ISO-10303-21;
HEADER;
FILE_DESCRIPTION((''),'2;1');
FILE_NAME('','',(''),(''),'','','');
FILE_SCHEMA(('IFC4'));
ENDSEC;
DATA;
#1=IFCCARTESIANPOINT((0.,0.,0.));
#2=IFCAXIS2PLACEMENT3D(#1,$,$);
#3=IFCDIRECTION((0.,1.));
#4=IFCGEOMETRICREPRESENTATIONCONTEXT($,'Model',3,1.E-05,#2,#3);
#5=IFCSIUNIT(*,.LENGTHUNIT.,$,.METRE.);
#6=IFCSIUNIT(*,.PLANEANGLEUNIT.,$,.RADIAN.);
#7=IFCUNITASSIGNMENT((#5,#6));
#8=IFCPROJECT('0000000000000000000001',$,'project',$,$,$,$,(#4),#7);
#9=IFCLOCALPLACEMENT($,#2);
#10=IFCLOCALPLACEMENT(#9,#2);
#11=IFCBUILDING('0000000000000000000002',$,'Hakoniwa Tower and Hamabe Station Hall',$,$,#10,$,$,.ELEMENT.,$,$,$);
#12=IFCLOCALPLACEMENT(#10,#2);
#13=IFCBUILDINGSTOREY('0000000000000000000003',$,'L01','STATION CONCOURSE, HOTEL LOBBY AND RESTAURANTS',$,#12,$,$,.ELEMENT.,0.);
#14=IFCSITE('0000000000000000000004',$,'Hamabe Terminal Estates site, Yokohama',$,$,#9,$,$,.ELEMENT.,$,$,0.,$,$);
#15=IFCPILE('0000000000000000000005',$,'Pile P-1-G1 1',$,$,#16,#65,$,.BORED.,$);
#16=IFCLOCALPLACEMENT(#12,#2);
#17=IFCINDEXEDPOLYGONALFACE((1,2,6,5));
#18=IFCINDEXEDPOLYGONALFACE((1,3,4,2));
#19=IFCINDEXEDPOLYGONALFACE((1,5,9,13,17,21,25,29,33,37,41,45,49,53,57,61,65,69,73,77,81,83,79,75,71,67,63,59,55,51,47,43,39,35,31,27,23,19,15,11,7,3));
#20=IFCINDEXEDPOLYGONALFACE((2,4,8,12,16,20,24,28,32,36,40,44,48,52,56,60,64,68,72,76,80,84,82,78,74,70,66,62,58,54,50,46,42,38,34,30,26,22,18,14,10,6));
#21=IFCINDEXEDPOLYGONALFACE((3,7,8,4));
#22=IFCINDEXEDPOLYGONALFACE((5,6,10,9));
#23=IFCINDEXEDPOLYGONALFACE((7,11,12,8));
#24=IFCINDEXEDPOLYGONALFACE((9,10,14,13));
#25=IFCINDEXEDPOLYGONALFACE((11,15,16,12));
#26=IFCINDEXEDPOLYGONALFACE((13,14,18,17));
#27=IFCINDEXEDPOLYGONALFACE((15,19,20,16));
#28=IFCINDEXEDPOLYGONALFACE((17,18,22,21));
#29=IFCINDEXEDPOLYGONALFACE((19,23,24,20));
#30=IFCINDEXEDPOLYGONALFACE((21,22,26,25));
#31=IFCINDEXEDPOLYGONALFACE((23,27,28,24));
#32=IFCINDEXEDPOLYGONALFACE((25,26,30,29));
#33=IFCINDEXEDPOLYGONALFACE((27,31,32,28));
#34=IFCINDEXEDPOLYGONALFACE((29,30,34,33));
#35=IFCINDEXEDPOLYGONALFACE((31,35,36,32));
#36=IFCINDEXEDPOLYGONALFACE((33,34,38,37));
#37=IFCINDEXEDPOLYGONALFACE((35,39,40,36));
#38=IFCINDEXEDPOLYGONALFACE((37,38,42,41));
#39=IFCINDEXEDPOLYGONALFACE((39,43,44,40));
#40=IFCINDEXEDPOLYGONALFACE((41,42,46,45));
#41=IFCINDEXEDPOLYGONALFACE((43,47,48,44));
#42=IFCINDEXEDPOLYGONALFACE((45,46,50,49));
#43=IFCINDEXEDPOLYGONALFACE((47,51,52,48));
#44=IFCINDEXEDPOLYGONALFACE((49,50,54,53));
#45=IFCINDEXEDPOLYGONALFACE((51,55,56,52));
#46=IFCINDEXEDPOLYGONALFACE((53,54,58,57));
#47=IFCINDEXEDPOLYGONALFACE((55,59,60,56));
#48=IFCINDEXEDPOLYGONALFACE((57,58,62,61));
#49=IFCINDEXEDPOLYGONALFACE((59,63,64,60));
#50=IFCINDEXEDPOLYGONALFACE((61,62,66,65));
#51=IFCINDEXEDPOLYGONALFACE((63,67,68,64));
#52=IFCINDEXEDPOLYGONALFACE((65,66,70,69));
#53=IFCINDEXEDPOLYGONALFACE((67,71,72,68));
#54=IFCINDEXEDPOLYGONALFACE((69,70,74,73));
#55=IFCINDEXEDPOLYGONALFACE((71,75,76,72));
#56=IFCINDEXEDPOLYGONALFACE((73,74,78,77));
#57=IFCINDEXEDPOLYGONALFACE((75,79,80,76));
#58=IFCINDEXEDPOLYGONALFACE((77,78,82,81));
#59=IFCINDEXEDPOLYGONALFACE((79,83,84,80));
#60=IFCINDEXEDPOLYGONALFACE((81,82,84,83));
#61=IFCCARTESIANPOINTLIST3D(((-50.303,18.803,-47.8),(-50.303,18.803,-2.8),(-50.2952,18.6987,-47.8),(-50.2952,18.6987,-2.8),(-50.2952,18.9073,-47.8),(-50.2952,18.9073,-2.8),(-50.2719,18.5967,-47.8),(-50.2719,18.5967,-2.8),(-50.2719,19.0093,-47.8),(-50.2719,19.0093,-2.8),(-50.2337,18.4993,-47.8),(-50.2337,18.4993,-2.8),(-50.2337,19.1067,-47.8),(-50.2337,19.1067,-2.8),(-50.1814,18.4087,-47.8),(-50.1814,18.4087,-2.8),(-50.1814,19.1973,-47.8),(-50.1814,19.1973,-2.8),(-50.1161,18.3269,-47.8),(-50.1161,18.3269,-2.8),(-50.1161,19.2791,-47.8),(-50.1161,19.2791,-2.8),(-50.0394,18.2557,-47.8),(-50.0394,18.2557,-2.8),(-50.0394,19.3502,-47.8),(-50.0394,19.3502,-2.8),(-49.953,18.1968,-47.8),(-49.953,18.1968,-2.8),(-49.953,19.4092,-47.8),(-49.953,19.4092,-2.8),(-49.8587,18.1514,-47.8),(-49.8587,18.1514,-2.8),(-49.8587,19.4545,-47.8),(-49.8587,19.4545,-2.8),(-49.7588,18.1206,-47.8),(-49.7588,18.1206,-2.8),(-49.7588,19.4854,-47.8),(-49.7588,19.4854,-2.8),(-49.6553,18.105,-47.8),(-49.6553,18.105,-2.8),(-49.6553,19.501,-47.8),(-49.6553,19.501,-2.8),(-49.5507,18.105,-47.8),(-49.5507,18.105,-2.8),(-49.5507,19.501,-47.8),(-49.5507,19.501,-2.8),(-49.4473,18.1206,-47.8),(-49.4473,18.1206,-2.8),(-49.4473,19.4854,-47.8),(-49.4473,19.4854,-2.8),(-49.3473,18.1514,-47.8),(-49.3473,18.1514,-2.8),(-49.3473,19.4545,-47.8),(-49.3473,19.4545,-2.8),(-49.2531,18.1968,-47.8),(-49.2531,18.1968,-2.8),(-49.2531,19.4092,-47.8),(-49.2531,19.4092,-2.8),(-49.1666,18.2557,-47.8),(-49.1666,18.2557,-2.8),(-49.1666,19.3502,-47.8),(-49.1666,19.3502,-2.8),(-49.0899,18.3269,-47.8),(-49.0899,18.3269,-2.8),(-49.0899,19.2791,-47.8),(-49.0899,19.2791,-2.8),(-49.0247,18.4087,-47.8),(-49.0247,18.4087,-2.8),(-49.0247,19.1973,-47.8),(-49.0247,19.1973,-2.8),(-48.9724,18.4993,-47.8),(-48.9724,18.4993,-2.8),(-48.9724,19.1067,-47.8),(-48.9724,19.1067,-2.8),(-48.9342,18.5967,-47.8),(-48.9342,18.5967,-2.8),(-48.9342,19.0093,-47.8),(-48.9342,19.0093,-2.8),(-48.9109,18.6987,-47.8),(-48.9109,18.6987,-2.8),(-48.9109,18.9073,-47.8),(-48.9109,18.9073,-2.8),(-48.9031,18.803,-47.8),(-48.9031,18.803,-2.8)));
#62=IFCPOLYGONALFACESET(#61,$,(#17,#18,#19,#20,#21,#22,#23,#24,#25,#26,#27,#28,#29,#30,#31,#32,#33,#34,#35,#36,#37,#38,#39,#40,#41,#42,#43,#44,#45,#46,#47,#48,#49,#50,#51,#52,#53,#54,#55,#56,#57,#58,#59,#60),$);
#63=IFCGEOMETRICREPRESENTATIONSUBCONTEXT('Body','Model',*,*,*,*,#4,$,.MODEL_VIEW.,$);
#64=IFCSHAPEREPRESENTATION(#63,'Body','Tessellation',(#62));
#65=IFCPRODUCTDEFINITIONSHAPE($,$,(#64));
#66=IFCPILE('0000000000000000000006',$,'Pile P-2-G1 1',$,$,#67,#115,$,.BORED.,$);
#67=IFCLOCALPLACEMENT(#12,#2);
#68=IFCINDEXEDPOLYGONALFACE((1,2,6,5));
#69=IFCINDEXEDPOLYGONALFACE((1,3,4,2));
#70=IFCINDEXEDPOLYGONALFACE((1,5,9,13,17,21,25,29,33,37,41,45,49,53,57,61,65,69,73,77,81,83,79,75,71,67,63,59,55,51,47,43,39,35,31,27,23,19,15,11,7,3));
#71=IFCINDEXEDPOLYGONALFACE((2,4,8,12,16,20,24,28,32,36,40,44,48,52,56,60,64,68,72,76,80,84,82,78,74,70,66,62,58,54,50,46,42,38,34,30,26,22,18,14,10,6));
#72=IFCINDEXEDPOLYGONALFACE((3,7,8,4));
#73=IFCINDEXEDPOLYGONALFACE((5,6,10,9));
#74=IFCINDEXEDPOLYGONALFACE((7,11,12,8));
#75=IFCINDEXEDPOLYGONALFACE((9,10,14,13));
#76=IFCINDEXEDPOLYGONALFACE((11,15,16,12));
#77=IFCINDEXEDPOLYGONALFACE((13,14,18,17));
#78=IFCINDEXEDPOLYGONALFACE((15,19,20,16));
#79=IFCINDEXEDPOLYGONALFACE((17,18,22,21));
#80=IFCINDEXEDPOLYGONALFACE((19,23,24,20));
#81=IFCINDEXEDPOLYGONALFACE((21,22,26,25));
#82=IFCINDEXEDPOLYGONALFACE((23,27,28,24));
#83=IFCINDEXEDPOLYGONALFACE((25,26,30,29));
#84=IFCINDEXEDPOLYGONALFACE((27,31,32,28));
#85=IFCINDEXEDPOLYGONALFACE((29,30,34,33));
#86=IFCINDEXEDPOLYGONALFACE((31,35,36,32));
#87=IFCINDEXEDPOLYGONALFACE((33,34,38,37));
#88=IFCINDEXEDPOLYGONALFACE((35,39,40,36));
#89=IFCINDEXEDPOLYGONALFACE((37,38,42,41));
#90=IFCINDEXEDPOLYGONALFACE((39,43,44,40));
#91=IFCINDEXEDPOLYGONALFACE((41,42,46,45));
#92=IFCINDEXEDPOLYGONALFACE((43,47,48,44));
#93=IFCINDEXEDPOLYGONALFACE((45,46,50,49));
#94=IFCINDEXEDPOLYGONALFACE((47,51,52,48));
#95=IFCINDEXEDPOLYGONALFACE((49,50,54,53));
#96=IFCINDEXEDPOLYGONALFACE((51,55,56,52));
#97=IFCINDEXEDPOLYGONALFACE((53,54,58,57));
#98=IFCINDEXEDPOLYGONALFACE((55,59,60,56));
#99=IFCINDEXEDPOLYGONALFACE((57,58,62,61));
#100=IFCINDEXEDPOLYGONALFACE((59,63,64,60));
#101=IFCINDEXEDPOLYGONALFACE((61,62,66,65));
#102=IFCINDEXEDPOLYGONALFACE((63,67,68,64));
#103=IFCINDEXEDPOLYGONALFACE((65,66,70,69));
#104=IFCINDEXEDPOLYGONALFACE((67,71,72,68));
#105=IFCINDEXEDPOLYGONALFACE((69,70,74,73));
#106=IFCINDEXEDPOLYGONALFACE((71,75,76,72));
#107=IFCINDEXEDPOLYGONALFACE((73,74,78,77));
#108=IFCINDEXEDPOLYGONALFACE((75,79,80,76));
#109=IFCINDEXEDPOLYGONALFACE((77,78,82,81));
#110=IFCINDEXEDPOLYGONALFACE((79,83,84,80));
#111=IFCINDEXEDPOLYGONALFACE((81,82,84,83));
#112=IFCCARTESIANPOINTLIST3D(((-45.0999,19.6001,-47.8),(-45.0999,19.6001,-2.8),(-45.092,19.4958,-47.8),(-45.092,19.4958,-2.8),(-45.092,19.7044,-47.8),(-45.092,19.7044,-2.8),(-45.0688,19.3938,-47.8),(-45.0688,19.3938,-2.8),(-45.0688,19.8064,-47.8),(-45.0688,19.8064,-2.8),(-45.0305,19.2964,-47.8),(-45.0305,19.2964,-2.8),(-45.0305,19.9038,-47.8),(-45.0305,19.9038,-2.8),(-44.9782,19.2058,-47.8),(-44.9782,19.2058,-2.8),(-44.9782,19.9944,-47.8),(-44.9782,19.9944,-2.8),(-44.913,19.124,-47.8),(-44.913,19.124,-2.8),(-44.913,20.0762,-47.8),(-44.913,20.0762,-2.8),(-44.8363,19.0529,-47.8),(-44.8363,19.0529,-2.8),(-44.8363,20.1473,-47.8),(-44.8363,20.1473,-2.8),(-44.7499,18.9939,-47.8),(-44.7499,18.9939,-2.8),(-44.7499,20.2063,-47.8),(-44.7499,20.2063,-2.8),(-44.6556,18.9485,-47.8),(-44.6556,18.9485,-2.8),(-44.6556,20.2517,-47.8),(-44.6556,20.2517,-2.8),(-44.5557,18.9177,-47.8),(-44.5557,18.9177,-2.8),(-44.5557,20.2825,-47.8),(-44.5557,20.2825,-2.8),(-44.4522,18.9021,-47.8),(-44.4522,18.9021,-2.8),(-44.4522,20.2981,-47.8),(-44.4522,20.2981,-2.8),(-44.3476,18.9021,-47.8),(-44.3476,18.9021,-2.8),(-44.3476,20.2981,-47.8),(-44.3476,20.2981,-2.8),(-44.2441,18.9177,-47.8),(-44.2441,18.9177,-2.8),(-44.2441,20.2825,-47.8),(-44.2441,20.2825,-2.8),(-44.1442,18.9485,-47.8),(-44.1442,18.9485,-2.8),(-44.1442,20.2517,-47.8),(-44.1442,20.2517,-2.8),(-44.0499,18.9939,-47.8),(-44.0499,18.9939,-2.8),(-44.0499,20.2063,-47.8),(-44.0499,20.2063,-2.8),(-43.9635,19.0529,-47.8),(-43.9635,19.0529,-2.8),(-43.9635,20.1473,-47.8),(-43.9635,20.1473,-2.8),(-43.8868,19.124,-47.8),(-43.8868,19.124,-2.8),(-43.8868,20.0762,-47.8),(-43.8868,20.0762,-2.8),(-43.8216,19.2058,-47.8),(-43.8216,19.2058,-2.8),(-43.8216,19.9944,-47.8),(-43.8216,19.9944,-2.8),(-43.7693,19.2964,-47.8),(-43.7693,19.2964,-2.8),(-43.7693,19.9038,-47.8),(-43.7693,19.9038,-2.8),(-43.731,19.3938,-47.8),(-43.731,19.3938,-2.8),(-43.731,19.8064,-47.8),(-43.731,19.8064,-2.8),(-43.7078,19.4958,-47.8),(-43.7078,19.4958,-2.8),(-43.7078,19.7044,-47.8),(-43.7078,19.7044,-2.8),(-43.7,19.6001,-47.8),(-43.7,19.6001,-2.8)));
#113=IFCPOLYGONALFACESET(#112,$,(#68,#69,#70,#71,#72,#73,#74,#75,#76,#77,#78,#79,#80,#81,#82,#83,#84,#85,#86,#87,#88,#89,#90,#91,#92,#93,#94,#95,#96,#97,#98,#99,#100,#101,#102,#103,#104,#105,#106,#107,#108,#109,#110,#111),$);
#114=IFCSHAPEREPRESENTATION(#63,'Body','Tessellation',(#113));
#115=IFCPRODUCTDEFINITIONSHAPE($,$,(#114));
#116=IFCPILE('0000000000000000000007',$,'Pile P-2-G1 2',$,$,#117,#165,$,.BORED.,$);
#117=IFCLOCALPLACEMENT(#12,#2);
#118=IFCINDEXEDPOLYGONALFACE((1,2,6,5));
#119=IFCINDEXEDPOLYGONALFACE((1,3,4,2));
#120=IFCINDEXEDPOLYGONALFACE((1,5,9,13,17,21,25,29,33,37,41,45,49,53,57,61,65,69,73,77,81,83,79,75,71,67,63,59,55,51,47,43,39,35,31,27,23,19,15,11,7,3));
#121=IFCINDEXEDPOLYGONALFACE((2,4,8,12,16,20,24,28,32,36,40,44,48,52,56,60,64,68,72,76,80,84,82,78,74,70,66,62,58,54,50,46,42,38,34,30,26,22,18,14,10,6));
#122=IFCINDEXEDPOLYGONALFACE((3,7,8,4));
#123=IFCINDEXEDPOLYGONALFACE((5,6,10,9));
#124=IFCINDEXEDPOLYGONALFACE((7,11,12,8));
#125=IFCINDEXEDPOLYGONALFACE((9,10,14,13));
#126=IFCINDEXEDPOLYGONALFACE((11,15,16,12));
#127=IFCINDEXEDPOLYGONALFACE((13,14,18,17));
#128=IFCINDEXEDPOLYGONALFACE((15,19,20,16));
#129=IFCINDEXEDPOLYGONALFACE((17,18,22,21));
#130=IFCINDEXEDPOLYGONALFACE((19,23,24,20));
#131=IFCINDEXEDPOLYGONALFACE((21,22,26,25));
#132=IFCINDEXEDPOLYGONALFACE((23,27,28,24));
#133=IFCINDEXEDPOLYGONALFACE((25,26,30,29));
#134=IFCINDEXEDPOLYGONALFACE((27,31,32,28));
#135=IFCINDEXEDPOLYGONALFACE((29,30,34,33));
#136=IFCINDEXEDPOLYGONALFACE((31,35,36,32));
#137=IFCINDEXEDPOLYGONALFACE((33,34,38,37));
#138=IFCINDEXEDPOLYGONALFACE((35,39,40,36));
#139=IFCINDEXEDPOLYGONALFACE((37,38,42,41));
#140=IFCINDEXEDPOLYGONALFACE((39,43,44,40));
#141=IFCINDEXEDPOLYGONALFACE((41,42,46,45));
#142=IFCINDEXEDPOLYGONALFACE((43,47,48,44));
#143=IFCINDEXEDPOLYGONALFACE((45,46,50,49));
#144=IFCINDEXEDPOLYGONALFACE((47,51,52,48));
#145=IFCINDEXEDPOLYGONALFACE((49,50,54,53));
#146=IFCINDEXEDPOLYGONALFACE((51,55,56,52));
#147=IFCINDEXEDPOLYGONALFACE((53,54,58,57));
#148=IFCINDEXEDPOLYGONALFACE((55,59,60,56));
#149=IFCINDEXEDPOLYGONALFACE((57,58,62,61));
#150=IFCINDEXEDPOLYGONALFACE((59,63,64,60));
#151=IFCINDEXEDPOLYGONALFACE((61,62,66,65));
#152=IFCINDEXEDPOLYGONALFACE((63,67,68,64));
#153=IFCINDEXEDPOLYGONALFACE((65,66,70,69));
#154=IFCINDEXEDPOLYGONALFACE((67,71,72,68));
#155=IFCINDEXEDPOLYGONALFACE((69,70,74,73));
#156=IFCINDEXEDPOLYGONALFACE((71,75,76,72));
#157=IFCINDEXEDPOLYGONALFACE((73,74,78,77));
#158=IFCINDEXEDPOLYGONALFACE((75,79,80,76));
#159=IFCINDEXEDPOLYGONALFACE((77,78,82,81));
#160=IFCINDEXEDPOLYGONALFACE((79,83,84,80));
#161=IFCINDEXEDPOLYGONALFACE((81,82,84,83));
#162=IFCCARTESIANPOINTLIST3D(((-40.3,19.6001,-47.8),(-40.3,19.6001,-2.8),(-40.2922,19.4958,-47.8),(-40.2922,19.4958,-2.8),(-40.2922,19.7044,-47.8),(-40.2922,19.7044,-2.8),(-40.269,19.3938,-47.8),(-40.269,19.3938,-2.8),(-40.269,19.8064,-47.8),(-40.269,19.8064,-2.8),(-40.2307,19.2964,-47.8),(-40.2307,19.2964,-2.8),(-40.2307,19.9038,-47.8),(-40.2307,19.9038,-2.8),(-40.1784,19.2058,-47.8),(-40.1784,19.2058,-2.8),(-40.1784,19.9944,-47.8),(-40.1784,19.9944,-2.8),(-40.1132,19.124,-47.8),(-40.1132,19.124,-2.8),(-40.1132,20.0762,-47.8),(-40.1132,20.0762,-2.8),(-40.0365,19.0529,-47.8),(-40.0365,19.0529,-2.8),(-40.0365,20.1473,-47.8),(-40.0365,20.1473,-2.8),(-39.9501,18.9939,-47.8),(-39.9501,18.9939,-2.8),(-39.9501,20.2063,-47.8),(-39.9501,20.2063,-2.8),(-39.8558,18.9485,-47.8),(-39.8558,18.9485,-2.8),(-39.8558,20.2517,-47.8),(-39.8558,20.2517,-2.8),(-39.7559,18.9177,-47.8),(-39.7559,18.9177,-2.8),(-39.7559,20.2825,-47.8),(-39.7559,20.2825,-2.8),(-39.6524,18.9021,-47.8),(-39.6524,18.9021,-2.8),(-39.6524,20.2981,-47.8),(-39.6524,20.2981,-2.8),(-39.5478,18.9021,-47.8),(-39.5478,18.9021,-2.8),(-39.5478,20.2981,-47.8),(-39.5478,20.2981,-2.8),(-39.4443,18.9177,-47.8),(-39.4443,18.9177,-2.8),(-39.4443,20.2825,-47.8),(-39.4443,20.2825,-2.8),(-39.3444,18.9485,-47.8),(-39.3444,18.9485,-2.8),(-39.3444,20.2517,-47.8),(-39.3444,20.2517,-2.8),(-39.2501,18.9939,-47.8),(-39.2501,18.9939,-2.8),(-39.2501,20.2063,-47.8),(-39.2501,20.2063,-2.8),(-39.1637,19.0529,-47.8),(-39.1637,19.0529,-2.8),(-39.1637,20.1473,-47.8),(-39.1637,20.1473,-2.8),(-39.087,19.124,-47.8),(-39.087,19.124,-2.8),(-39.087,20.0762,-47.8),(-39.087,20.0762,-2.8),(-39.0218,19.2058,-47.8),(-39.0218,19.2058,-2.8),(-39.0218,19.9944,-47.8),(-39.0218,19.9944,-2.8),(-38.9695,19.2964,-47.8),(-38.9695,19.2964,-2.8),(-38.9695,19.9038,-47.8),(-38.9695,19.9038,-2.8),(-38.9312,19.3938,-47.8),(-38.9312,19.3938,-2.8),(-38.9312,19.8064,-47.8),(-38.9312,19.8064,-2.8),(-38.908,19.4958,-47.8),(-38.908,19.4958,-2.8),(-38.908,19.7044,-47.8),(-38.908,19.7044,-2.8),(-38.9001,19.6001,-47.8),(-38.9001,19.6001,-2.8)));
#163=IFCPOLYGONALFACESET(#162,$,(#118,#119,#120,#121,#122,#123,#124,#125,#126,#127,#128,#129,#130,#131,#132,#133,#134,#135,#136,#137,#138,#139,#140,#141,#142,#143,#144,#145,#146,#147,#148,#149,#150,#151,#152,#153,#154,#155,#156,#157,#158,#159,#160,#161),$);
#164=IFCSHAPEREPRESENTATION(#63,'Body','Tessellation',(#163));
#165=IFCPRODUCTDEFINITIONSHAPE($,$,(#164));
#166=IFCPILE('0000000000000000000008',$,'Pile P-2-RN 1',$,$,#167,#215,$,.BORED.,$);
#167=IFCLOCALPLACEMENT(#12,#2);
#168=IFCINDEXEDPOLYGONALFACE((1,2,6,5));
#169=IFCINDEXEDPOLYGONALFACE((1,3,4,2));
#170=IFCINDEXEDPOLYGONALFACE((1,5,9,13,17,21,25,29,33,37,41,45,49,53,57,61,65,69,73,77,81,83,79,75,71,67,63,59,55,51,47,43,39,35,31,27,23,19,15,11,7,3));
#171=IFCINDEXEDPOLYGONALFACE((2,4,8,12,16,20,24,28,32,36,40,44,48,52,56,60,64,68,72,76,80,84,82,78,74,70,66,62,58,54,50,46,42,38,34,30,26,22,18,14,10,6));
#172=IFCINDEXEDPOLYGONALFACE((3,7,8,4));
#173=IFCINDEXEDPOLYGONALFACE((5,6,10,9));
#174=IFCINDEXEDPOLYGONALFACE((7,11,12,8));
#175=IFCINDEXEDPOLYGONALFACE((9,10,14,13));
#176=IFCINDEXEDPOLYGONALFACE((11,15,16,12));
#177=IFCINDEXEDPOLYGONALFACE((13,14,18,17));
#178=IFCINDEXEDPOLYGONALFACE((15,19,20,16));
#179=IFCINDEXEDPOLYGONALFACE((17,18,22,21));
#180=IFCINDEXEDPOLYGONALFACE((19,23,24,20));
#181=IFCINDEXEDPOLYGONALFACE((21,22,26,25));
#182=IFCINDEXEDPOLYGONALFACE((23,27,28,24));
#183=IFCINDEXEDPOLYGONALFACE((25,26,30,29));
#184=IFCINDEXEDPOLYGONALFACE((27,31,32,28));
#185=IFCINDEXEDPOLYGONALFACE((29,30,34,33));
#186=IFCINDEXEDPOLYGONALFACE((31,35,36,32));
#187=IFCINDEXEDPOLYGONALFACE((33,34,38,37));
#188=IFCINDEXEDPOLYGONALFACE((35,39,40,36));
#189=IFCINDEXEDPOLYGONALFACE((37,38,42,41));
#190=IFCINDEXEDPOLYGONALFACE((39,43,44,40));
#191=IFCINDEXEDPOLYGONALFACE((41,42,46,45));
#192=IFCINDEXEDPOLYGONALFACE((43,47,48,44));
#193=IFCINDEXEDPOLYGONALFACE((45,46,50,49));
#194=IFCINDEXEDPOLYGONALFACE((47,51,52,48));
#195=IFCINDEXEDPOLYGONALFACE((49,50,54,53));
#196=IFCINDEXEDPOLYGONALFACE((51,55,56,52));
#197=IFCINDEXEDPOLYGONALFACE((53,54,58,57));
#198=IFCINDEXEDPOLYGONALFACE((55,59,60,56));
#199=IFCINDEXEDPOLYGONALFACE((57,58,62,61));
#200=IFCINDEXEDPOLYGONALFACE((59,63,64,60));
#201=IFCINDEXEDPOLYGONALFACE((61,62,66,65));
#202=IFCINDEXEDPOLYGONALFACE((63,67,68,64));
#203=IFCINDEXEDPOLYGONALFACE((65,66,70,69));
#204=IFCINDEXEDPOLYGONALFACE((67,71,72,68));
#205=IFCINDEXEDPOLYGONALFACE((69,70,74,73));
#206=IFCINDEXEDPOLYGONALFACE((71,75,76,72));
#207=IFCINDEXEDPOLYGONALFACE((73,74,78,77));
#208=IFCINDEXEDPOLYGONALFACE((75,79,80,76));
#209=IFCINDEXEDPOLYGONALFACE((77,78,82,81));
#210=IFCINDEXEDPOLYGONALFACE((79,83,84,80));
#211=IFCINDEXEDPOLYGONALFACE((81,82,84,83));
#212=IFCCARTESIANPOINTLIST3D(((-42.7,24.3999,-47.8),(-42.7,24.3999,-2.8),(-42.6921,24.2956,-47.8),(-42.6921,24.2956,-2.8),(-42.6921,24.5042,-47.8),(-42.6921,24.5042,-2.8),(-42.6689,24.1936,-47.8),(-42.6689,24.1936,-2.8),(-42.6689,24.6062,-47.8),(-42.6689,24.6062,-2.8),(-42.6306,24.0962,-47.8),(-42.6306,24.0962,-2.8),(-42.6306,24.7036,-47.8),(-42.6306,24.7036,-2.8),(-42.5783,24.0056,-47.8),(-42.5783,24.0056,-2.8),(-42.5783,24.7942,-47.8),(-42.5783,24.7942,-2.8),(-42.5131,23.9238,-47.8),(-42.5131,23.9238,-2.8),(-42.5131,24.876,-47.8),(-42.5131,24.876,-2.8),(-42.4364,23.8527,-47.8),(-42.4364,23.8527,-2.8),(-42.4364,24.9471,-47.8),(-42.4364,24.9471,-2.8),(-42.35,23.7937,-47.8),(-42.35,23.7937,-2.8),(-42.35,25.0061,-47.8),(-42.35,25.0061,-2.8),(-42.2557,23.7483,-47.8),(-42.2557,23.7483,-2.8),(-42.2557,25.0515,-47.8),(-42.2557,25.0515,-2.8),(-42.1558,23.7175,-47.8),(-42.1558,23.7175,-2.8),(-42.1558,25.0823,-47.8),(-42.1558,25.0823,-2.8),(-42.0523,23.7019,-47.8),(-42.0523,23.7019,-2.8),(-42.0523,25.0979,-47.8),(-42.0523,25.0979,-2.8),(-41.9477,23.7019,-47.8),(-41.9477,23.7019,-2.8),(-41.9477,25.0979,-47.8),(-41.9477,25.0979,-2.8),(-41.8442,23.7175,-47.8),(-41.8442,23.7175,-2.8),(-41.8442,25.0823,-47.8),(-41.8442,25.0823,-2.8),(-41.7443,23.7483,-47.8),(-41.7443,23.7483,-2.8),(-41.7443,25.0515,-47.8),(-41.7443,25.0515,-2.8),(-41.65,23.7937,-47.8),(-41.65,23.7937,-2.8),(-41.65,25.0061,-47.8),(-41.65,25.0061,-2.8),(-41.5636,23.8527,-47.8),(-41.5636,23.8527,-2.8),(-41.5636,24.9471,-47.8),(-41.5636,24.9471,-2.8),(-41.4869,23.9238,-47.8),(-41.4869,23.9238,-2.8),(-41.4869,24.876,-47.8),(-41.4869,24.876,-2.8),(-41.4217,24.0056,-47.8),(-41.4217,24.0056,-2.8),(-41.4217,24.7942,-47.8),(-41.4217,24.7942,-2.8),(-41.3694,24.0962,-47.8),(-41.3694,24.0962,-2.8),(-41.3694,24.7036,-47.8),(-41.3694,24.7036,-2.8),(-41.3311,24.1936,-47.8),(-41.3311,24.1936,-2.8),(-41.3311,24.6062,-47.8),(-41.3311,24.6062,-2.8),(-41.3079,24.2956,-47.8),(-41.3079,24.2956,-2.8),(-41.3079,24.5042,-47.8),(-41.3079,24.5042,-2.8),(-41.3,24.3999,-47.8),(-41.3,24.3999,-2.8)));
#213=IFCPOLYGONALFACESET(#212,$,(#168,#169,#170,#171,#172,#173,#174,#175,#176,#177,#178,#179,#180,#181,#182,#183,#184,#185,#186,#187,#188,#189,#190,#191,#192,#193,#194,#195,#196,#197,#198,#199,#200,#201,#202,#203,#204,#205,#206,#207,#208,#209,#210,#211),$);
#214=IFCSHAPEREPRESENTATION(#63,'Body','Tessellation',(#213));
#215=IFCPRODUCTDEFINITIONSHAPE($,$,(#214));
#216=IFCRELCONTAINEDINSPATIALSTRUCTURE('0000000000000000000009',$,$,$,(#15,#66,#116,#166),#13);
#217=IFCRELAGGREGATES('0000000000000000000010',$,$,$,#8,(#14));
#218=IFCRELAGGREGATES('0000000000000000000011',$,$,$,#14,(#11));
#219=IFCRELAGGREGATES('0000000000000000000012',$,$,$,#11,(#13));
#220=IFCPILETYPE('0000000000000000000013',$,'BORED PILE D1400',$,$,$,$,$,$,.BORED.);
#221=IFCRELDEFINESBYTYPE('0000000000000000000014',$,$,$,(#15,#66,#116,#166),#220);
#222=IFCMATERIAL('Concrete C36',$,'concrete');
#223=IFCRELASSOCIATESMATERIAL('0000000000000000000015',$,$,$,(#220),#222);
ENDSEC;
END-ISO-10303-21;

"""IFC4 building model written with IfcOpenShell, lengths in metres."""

from ifc_helpers import new_model, si_unit, direction, frame, origin, origin_2d, place, context, subcontext, project, spatial, circle, extrude, material, material_profile, profile_set, type_object, element, save


model = new_model("IFC4")

# Units and contexts
model_context = context("Model", 3, precision=1e-05, world=origin(), true_north=direction((0.0, 1.0)))
body_context = subcontext(model_context, "Body", "Model", "MODEL_VIEW")
ifc_project = project(units=[si_unit("LENGTHUNIT", "METRE"), si_unit("PLANEANGLEUNIT", "RADIAN")], contexts=[model_context])

# Site, building, storey
site_placement = place(None, origin())
site = spatial("IfcSite", under=ifc_project, at=site_placement, Name="Hamabe Terminal Estates site, Yokohama", CompositionType="ELEMENT", RefElevation=0.0)
building_placement = place(site_placement, origin())
building = spatial("IfcBuilding", under=site, at=building_placement, Name="Hakoniwa Tower and Hamabe Station Hall", CompositionType="ELEMENT")
storey_placement = place(building_placement, origin())
storey = spatial("IfcBuildingStorey", under=building, at=storey_placement, Name="L01", Description="STATION CONCOURSE, HOTEL LOBBY AND RESTAURANTS", CompositionType="ELEMENT", Elevation=0.0)

# Piles
ifc_material_1 = material(Name="Concrete C36", Category="concrete")
ifc_material_profile_1 = material_profile(ifc_material_1, circle(Radius=0.7, at=origin_2d()), Name="BORED PILE D1400")
ifc_profile_set_1 = profile_set([ifc_material_profile_1], Name="Concrete C36")
pile_type = type_object("IfcPileType", Name="BORED PILE D1400", PredefinedType="BORED", material=ifc_profile_set_1)
for number, where, z_axis, x_axis, name in (
    (1, (-49.603, 18.803, -2.8), (0.0, 0.0, -1.0), (1.0, 0.0, 0.0), "Pile P-1-G1 1"),
    (2, (-44.3999, 19.6001, -2.8), (0.0, 0.0, -1.0), (1.0, 0.0, 0.0), "Pile P-2-G1 1"),
    (3, (-39.6001, 19.6001, -2.8), (0.0, 0.0, -1.0), (1.0, 0.0, 0.0), "Pile P-2-G1 2"),
    (4, (-42.0, 24.3999, -2.8), (0.0, 0.0, -1.0), (1.0, 0.0, 0.0), "Pile P-2-RN 1"),
):
    element("IfcPile", number, at=place(storey_placement, frame(where, z_axis=z_axis, x_axis=x_axis)), inside=storey, type_object=pile_type, Name=name, PredefinedType="BORED", context=body_context, shape_type="SweptSolid", body=[
        extrude(circle(Radius=0.7, at=origin_2d()), origin(), (0.0, 0.0, 1.0), 45.0),
    ])

save(model, "model.ifc")
